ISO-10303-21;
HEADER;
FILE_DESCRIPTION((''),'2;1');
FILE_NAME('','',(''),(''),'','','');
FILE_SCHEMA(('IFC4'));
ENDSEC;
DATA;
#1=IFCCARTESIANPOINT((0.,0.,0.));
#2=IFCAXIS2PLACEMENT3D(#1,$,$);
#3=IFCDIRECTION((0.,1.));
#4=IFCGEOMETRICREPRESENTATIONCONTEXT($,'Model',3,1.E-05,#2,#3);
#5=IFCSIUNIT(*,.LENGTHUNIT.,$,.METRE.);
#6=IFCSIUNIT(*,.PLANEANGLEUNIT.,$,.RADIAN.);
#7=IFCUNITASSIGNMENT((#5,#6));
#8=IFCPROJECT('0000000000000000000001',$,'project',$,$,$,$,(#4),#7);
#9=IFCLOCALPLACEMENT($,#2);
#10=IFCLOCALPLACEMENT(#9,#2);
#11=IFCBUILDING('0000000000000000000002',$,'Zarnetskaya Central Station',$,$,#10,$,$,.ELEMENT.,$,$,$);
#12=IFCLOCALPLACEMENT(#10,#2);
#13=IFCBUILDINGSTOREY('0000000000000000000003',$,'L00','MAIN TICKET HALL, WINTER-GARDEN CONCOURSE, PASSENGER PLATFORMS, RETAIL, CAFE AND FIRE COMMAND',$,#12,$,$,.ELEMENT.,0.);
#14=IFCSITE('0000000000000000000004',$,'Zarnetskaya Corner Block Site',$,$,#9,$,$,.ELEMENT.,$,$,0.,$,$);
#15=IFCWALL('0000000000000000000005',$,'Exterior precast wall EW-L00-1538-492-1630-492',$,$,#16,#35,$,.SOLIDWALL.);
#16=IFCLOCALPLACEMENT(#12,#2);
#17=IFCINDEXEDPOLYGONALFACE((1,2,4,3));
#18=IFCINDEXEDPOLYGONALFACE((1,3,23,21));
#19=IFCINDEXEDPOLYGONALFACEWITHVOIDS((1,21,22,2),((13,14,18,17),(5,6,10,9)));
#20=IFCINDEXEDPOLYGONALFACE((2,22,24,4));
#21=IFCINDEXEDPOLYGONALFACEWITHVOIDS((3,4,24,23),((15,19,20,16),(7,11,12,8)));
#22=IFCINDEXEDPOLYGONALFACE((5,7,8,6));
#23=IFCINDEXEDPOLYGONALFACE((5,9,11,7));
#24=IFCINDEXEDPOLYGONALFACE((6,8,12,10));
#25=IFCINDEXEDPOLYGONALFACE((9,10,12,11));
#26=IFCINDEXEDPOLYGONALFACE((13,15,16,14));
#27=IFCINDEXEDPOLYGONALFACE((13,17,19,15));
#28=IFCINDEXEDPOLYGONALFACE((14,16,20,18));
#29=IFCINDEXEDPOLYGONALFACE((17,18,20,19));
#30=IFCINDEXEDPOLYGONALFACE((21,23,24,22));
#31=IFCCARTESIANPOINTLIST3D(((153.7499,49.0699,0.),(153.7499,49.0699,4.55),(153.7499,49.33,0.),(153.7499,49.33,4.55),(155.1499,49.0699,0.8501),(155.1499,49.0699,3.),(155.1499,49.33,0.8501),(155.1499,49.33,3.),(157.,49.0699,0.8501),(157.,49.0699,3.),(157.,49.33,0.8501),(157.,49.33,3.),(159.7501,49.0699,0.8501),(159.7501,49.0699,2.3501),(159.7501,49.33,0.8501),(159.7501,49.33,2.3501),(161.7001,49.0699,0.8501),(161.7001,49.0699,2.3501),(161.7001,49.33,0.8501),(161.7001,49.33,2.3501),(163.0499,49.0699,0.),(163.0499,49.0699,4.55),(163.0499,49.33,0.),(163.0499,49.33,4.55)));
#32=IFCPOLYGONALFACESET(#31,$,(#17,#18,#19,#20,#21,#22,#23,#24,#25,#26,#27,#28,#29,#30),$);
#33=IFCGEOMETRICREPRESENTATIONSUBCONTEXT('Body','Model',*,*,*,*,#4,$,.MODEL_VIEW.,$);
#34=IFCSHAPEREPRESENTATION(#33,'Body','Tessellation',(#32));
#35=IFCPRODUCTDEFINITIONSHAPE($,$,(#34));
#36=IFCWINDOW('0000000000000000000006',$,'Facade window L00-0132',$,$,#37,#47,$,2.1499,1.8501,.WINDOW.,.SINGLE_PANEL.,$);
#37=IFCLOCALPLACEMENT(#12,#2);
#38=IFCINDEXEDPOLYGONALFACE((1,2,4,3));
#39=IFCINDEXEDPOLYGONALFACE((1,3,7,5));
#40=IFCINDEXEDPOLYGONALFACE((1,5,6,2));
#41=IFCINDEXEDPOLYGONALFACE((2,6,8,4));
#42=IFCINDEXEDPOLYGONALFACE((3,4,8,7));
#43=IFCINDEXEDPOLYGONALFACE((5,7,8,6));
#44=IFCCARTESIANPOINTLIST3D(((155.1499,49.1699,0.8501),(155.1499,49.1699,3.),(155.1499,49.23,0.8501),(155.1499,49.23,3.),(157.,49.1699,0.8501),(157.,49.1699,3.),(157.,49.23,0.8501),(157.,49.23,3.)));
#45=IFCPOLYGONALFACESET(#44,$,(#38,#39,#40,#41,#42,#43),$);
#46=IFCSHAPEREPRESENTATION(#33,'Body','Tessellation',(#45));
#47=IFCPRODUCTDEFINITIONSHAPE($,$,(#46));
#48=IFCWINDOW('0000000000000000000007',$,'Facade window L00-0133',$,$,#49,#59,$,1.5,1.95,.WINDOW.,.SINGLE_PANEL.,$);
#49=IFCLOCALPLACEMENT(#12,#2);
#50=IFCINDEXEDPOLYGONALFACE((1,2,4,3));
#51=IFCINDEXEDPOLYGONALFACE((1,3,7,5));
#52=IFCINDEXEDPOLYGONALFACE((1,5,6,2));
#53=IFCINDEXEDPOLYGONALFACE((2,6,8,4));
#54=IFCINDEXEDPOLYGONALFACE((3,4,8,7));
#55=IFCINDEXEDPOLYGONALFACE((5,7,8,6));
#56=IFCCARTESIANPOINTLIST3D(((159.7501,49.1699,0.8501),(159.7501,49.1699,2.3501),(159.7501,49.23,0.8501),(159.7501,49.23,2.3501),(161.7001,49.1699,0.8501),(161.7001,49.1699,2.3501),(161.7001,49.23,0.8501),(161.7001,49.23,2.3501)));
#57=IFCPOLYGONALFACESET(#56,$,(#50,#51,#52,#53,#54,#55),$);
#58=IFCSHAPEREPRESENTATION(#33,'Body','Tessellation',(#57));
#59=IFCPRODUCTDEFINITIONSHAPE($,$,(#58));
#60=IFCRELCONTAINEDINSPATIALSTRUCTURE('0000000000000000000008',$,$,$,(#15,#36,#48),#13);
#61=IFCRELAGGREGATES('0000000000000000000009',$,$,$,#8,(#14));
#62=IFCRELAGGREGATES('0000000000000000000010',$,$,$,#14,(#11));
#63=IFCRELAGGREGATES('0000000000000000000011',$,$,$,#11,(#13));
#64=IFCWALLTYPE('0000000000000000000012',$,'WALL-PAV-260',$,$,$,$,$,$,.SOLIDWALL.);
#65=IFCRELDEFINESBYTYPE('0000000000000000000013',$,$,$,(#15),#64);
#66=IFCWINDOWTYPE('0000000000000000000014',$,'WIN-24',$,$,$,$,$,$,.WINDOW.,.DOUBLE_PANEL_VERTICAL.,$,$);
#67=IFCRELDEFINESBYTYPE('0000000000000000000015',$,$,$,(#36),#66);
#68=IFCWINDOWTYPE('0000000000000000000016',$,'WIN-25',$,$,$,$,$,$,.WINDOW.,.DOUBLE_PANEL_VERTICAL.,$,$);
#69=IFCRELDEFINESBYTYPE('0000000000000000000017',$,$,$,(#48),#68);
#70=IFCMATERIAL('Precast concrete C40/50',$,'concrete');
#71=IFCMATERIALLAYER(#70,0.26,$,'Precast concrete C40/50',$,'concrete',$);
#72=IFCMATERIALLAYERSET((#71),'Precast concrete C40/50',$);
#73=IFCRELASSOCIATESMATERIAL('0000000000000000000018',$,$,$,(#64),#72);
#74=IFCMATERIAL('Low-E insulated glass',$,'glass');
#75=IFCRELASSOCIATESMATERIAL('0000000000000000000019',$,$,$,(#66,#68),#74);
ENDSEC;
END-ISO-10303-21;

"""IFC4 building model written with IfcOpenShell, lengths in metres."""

from ifc_helpers import new_model, si_unit, direction, frame, frame_2d, origin, place, context, subcontext, project, spatial, rectangle, extrude, material, layer, layer_set, type_object, element, fill, save


model = new_model("IFC4")

# Units and contexts
model_context = context("Model", 3, precision=1e-05, world=origin(), true_north=direction((0.0, 1.0)))
body_context = subcontext(model_context, "Body", "Model", "MODEL_VIEW")
ifc_project = project(units=[si_unit("LENGTHUNIT", "METRE"), si_unit("PLANEANGLEUNIT", "RADIAN")], contexts=[model_context])

# Site, building, storey
site_placement = place(None, origin())
site = spatial("IfcSite", under=ifc_project, at=site_placement, Name="Zarnetskaya Corner Block Site", CompositionType="ELEMENT", RefElevation=0.0)
building_placement = place(site_placement, origin())
building = spatial("IfcBuilding", under=site, at=building_placement, Name="Zarnetskaya Central Station", CompositionType="ELEMENT")
storey_placement = place(building_placement, origin())
storey = spatial("IfcBuildingStorey", under=building, at=storey_placement, Name="L00", Description="MAIN TICKET HALL, WINTER-GARDEN CONCOURSE, PASSENGER PLATFORMS, RETAIL, CAFE AND FIRE COMMAND", CompositionType="ELEMENT", Elevation=0.0)

# Wall, openings, windows
ifc_material_1 = material(Name="Precast concrete C40/50", Category="concrete")
ifc_layer_1 = layer(ifc_material_1, 0.26, Name="Precast concrete C40/50", Category="concrete")
ifc_layer_set_1 = layer_set([ifc_layer_1], Name="Precast concrete C40/50")
wall_type = type_object("IfcWallType", Name="WALL-PAV-260", PredefinedType="SOLIDWALL", material=ifc_layer_set_1)
ifc_material_2 = material(Name="Low-E insulated glass", Category="glass")
wall_1_placement = place(storey_placement, frame((153.75, 49.2, 0.0), z_axis=(0.0, 0.0, 1.0), x_axis=(1.0, 0.0, 0.0)))
wall_1 = element("IfcWall", 1, at=wall_1_placement, inside=storey, type_object=wall_type, Name="Exterior precast wall EW-L00-1538-492-1630-492", PredefinedType="SOLIDWALL", context=body_context, shape_type="SweptSolid", body=[
    extrude(rectangle(XDim=9.3, YDim=0.26, at=frame_2d((4.6499, 0.0))), origin(), (0.0, 0.0, 1.0), 4.55),
])
opening_1_placement = place(wall_1_placement, frame((1.3999, 0.0, 0.8501)))
opening_1 = element("IfcOpeningElement", 2, at=opening_1_placement, cuts=wall_1, PredefinedType="OPENING", context=body_context, shape_type="SweptSolid", body=[
    extrude(rectangle(XDim=1.8501, YDim=2.1499, at=frame_2d((0.925, 1.075))), frame((0.0, 0.1401, 0.0), z_axis=(0.0, -1.0, 0.0), x_axis=(1.0, 0.0, 0.0)), (0.0, 0.0, 1.0), 0.28),
])
opening_2_placement = place(wall_1_placement, frame((6.0, 0.0, 0.8501)))
opening_2 = element("IfcOpeningElement", 3, at=opening_2_placement, cuts=wall_1, PredefinedType="OPENING", context=body_context, shape_type="SweptSolid", body=[
    extrude(rectangle(XDim=1.95, YDim=1.5, at=frame_2d((0.9751, 0.75))), frame((0.0, 0.1401, 0.0), z_axis=(0.0, -1.0, 0.0), x_axis=(1.0, 0.0, 0.0)), (0.0, 0.0, 1.0), 0.28),
])
window_type_1 = type_object("IfcWindowType", Name="WIN-24", PartitioningType="DOUBLE_PANEL_VERTICAL", PredefinedType="WINDOW", material=ifc_material_2)
window_1_placement = place(opening_1_placement, origin())
window_1 = element("IfcWindow", 4, at=window_1_placement, inside=storey, type_object=window_type_1, Name="Facade window L00-0132", OverallHeight=2.1499, OverallWidth=1.8501, PartitioningType="SINGLE_PANEL", PredefinedType="WINDOW", context=body_context, shape_type="SweptSolid", body=[
    extrude(rectangle(XDim=1.8501, YDim=2.1499, at=frame_2d((0.925, 1.075))), frame((0.0, 0.03, 0.0), z_axis=(0.0, -1.0, 0.0), x_axis=(1.0, 0.0, 0.0)), (0.0, 0.0, 1.0), 0.0601),
])
fill(opening_1, window_1)
window_type_2 = type_object("IfcWindowType", Name="WIN-25", PartitioningType="DOUBLE_PANEL_VERTICAL", PredefinedType="WINDOW", material=ifc_material_2)
window_2_placement = place(opening_2_placement, origin())
window_2 = element("IfcWindow", 5, at=window_2_placement, inside=storey, type_object=window_type_2, Name="Facade window L00-0133", OverallHeight=1.5, OverallWidth=1.95, PartitioningType="SINGLE_PANEL", PredefinedType="WINDOW", context=body_context, shape_type="SweptSolid", body=[
    extrude(rectangle(XDim=1.95, YDim=1.5, at=frame_2d((0.9751, 0.75))), frame((0.0, 0.03, 0.0), z_axis=(0.0, -1.0, 0.0), x_axis=(1.0, 0.0, 0.0)), (0.0, 0.0, 1.0), 0.0601),
])
fill(opening_2, window_2)

save(model, "model.ifc")
